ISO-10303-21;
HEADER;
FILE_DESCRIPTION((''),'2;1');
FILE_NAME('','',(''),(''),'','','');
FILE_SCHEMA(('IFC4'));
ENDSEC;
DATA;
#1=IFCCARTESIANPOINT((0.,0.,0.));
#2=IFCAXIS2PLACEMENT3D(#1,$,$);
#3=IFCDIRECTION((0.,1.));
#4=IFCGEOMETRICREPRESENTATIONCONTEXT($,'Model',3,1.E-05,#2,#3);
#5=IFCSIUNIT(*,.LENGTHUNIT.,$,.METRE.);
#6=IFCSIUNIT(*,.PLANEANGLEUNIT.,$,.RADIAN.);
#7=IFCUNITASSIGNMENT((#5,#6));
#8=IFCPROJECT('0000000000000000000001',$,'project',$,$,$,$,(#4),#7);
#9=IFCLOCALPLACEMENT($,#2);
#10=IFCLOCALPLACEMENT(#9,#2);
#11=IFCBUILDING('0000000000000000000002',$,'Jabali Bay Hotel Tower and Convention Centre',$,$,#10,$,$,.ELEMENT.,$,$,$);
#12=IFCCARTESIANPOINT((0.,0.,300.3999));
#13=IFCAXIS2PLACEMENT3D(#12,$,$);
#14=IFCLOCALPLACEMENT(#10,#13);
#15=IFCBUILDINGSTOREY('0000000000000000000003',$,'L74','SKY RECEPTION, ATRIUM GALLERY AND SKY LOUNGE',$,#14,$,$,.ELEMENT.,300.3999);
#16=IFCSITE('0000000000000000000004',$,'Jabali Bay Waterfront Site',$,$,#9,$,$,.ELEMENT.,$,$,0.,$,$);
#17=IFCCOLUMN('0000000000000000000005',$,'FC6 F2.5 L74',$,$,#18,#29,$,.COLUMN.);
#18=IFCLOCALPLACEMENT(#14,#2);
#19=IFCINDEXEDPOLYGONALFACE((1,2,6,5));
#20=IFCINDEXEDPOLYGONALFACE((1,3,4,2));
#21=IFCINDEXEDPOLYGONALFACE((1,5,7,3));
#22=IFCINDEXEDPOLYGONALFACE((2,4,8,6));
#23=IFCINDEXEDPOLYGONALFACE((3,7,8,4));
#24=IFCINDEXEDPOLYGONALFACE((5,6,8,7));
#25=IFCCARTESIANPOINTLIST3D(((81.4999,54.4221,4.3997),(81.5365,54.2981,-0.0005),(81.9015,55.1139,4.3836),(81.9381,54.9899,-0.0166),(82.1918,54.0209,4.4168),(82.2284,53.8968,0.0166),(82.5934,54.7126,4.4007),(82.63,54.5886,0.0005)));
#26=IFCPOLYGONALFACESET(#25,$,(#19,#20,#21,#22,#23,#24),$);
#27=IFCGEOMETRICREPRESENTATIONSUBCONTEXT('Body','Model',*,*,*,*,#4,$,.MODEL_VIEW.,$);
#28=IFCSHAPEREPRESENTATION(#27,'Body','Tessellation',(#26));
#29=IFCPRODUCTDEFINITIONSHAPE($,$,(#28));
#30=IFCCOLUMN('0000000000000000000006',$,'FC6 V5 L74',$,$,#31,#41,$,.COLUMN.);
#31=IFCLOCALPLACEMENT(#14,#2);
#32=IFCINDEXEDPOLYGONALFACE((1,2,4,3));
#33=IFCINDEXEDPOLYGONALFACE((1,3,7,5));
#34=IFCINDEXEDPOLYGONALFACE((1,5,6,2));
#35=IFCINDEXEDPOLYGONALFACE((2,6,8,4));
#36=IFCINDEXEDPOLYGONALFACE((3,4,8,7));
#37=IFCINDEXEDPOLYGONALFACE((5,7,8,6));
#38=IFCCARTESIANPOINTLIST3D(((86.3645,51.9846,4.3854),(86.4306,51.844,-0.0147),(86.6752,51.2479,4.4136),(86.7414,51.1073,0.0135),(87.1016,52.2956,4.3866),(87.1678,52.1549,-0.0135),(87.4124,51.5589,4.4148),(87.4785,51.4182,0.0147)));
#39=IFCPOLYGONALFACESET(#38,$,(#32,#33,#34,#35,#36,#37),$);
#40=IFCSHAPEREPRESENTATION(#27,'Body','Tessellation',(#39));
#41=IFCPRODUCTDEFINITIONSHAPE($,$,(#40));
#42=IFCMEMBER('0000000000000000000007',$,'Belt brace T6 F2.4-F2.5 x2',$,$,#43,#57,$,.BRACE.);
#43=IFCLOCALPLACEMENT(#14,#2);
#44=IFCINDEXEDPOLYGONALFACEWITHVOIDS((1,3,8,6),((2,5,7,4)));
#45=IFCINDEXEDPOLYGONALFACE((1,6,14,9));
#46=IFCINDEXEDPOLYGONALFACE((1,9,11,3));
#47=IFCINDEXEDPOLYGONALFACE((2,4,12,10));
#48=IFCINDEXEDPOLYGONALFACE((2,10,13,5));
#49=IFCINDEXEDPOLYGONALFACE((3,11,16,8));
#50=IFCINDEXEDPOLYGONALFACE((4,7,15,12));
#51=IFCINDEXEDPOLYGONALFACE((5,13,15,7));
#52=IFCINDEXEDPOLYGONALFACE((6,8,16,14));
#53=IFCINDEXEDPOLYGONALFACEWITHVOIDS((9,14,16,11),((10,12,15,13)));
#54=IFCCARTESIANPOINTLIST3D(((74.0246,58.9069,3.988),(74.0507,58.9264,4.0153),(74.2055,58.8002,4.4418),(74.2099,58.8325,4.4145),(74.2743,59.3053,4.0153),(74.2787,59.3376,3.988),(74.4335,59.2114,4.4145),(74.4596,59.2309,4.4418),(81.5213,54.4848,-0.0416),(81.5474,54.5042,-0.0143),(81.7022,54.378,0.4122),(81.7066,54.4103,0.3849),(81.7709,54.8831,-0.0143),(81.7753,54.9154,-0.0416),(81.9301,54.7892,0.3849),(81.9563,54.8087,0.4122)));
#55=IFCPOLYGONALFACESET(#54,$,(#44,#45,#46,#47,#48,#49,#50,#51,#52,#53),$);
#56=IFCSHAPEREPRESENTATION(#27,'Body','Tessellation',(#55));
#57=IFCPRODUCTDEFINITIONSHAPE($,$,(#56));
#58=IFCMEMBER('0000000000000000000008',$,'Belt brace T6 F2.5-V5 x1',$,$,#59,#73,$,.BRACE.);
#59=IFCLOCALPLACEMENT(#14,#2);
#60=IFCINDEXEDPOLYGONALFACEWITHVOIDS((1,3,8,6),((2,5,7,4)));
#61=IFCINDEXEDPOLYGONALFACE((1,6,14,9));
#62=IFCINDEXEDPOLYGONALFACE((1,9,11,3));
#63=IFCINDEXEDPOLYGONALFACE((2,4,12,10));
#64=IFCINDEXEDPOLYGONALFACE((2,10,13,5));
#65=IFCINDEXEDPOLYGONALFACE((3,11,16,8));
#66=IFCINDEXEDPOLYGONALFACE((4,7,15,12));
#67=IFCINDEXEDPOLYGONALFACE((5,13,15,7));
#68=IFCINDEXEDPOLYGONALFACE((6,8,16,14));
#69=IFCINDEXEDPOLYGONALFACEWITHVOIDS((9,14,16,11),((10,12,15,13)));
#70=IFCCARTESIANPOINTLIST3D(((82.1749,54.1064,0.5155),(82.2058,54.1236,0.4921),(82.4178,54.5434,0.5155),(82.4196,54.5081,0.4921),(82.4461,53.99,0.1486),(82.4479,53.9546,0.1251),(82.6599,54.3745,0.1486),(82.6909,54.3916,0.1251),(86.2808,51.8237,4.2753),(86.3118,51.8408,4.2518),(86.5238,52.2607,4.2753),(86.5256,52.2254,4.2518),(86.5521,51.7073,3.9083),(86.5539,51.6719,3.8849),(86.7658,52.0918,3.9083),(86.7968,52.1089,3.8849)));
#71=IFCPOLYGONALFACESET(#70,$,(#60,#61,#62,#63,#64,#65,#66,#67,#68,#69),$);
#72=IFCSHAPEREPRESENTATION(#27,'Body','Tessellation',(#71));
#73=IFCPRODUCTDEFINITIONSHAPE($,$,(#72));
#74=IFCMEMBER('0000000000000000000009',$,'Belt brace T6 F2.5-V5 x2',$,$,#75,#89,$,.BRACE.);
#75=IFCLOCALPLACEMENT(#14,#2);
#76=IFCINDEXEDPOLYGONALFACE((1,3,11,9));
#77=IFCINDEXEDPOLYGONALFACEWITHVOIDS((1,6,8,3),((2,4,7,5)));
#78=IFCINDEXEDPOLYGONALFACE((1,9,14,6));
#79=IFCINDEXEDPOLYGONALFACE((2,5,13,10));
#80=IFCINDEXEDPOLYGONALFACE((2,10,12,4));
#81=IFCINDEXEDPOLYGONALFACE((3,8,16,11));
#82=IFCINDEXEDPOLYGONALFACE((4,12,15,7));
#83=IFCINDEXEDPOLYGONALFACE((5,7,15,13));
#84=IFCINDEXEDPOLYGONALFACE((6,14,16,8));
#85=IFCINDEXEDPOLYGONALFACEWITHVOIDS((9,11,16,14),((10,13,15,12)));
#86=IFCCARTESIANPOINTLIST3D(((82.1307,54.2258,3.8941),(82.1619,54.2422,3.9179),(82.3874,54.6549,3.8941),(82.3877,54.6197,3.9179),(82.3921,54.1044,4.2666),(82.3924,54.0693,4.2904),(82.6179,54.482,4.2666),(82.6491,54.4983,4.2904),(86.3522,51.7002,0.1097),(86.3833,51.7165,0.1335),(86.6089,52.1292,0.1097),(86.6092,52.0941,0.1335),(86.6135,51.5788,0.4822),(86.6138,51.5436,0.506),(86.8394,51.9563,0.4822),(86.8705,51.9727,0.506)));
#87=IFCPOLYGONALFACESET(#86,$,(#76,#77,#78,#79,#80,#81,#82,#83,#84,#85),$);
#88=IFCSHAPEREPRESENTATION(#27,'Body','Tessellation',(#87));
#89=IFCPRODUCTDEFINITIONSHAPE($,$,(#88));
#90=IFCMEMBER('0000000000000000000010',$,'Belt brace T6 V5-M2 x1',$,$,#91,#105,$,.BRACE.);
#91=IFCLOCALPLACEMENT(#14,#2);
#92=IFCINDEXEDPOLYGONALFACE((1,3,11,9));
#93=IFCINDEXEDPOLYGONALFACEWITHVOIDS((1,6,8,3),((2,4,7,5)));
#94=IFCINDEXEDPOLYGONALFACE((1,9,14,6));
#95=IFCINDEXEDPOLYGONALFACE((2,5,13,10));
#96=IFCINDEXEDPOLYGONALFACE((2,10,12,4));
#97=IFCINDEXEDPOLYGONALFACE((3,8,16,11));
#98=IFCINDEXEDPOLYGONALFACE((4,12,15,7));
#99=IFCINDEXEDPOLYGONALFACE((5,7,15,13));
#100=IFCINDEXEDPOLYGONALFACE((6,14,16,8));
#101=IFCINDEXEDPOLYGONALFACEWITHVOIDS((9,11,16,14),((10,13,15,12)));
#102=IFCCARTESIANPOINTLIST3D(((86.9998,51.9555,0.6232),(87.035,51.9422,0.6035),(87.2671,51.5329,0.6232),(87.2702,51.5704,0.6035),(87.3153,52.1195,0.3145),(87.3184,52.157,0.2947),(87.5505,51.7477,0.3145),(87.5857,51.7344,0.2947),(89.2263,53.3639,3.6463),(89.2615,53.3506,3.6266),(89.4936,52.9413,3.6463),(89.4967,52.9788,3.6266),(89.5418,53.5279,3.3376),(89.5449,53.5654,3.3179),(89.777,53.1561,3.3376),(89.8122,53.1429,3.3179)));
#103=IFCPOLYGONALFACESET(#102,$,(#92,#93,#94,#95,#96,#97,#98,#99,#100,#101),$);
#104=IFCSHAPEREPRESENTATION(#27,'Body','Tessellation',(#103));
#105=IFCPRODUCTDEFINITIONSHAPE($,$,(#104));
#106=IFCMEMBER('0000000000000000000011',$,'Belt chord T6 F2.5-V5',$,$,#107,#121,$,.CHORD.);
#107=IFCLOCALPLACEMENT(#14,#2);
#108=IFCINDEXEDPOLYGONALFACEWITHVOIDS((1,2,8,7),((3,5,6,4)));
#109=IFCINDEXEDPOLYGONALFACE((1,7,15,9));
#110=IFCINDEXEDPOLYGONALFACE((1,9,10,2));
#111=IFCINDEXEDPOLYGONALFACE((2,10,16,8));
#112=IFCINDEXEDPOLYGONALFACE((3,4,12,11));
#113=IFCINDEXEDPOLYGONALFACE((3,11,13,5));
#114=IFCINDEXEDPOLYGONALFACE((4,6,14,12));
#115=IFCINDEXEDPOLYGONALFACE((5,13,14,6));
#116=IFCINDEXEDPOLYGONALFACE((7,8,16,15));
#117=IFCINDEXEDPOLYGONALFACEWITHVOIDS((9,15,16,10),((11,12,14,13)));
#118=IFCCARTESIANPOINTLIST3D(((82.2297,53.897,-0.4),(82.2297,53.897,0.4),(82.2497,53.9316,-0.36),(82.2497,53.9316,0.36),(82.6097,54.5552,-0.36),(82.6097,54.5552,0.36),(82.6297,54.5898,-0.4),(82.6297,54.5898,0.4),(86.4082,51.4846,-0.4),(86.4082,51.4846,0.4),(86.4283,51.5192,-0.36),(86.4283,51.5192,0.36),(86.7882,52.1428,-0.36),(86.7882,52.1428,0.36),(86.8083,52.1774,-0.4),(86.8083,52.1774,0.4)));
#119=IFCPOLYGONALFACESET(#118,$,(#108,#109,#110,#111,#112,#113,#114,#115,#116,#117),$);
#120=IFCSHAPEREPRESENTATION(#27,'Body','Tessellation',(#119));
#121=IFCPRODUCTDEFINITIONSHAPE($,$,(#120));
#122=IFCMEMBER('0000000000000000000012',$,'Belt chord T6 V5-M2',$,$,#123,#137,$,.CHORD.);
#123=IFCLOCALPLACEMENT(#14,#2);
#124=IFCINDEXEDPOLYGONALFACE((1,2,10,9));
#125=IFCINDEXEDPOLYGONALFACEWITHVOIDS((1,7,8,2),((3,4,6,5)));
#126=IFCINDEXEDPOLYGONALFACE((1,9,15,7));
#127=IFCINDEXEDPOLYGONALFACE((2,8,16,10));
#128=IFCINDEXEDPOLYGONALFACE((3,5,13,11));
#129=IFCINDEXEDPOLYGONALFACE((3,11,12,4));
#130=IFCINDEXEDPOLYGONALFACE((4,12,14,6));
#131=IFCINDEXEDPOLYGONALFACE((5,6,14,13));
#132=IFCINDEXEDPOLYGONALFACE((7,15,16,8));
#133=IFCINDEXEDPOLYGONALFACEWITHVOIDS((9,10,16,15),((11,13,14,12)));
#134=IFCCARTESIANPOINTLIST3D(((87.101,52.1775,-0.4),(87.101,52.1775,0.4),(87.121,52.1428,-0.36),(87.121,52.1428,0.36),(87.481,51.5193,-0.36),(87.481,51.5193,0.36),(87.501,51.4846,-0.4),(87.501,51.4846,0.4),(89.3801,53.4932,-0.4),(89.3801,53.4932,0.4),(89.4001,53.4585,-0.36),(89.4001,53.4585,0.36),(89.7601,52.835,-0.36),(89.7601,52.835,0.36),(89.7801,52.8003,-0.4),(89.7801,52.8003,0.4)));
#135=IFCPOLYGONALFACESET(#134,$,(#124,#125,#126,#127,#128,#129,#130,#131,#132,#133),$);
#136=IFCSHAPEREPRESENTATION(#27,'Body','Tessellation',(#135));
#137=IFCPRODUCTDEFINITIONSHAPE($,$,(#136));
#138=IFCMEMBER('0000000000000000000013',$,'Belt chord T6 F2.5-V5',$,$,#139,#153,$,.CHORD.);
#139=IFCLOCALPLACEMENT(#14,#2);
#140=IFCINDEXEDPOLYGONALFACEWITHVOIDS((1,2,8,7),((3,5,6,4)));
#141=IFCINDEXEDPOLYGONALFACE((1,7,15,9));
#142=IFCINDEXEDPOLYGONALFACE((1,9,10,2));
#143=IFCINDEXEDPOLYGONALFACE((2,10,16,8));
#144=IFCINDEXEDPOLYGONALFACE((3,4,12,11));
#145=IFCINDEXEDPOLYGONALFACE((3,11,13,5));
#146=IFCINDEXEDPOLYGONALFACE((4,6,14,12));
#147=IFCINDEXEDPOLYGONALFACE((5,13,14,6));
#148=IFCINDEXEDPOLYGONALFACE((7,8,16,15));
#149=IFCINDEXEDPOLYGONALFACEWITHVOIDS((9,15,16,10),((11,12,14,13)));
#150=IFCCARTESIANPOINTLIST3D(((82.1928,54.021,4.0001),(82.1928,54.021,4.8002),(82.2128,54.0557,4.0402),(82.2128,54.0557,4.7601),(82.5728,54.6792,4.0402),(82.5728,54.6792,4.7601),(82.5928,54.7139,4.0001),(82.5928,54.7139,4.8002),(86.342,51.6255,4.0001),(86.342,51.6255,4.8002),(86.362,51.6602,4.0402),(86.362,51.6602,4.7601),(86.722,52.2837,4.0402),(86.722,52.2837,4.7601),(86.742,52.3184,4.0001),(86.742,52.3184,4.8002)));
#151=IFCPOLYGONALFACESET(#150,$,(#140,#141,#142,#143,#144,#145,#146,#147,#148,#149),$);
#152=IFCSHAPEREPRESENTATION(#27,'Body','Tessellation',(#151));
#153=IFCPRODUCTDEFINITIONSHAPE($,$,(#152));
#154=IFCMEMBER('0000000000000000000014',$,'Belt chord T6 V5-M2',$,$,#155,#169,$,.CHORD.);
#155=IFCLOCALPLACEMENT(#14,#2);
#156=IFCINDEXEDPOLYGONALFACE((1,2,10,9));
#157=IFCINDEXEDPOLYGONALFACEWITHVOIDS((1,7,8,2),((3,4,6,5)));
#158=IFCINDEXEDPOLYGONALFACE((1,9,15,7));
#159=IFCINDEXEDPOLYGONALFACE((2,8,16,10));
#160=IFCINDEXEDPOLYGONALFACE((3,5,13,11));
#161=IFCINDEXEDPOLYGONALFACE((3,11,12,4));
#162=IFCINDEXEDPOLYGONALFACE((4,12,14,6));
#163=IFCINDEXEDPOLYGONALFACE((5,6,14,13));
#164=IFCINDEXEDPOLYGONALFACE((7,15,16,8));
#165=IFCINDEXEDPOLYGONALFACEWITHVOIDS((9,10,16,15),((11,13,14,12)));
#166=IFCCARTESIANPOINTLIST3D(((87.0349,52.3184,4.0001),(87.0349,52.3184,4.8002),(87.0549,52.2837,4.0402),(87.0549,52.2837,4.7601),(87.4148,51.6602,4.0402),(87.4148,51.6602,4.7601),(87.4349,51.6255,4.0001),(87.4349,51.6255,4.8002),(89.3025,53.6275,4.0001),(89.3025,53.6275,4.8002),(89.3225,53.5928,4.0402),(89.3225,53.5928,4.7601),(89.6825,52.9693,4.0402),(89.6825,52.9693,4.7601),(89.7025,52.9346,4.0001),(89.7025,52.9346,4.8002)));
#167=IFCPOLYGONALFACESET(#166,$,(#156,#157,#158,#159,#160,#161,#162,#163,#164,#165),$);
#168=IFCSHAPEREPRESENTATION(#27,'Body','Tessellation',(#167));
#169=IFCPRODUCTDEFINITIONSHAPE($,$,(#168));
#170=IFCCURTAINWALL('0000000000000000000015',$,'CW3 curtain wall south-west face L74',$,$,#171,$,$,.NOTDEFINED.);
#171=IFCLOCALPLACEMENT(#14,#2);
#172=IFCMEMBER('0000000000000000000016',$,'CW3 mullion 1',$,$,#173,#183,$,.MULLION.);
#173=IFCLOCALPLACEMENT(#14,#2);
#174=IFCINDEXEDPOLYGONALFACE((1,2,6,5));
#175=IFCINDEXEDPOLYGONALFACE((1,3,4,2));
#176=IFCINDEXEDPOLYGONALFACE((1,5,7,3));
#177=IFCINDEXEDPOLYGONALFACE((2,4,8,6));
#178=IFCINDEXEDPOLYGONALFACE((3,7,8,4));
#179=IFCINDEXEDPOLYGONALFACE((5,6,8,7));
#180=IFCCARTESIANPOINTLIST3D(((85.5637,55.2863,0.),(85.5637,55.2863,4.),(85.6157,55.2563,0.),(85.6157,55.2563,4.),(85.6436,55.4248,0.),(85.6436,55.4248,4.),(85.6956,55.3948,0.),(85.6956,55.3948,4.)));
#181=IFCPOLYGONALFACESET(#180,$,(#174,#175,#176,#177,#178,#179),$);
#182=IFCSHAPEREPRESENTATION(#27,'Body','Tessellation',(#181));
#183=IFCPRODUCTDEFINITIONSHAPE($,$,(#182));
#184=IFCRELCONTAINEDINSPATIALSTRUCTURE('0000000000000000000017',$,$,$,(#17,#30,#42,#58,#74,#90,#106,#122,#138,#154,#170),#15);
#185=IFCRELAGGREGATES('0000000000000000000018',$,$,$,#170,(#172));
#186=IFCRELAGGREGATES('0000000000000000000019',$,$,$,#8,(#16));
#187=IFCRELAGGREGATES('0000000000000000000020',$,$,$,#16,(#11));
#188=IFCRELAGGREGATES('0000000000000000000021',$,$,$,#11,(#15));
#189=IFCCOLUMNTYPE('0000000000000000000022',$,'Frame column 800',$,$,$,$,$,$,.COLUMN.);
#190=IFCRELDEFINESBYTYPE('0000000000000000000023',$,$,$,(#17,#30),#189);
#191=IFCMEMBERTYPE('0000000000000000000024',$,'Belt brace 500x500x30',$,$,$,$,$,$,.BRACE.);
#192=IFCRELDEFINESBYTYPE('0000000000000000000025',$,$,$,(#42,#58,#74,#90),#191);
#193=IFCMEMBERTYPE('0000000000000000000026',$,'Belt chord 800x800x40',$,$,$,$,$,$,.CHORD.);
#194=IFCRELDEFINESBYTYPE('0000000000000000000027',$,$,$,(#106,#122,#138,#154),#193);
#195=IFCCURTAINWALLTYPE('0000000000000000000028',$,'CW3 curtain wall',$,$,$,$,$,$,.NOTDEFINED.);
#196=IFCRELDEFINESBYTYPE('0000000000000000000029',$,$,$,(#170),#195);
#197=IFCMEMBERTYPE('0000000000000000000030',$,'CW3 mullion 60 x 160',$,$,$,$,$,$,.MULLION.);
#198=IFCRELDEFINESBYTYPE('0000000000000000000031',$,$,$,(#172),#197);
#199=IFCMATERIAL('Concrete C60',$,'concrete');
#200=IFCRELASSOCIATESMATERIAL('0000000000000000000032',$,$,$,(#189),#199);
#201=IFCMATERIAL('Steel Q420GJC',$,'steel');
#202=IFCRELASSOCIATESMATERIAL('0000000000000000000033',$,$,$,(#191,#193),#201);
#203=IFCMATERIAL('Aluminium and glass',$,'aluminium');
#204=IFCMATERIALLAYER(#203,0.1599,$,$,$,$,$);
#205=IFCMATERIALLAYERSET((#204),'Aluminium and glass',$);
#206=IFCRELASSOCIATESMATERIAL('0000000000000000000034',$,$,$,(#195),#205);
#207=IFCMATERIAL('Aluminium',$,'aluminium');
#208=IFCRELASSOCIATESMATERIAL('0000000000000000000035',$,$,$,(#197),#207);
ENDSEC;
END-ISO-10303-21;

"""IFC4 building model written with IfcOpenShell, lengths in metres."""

from ifc_helpers import new_model, si_unit, direction, frame, origin, origin_2d, place, context, subcontext, project, spatial, rectangle, hollow_rectangle, extrude, material, layer, layer_set, material_profile, profile_set, type_object, element, aggregate, save


model = new_model("IFC4")

# Units and contexts
model_context = context("Model", 3, precision=1e-05, world=origin(), true_north=direction((0.0, 1.0)))
body_context = subcontext(model_context, "Body", "Model", "MODEL_VIEW")
ifc_project = project(units=[si_unit("LENGTHUNIT", "METRE"), si_unit("PLANEANGLEUNIT", "RADIAN")], contexts=[model_context])

# Site, building, storey
site_placement = place(None, origin())
site = spatial("IfcSite", under=ifc_project, at=site_placement, Name="Jabali Bay Waterfront Site", CompositionType="ELEMENT", RefElevation=0.0)
building_placement = place(site_placement, origin())
building = spatial("IfcBuilding", under=site, at=building_placement, Name="Jabali Bay Hotel Tower and Convention Centre", CompositionType="ELEMENT")
storey_placement = place(building_placement, frame((0.0, 0.0, 300.3999)))
storey = spatial("IfcBuildingStorey", under=building, at=storey_placement, Name="L74", Description="SKY RECEPTION, ATRIUM GALLERY AND SKY LOUNGE", CompositionType="ELEMENT", Elevation=300.3999)

# Columns
ifc_material_1 = material(Name="Concrete C60", Category="concrete")
ifc_material_profile_1 = material_profile(ifc_material_1, rectangle(XDim=0.8, YDim=0.8, at=origin_2d()), Name="Frame column 800")
ifc_profile_set_1 = profile_set([ifc_material_profile_1], Name="Concrete C60")
column_type = type_object("IfcColumnType", Name="Frame column 800", PredefinedType="COLUMN", material=ifc_profile_set_1)
column_1_placement = place(storey_placement, frame((82.0833, 54.4434, 0.0), z_axis=(-0.008319, 0.028174, 0.999568), x_axis=(-0.501946, -0.864663, 0.020194)))
element("IfcColumn", 1, at=column_1_placement, inside=storey, type_object=column_type, Name="FC6 F2.5 L74", PredefinedType="COLUMN", context=body_context, shape_type="SweptSolid", body=[
    extrude(rectangle(XDim=0.8, YDim=0.8, at=origin_2d()), origin(), (0.0, 0.0, 1.0), 4.4021),
])
column_2_placement = place(storey_placement, frame((86.9546, 51.6311, 0.0), z_axis=(-0.015027, 0.031939, 0.999377), x_axis=(0.388418, -0.920808, 0.035269)))
element("IfcColumn", 2, at=column_2_placement, inside=storey, type_object=column_type, Name="FC6 V5 L74", PredefinedType="COLUMN", context=body_context, shape_type="SweptSolid", body=[
    extrude(rectangle(XDim=0.8, YDim=0.8, at=origin_2d()), origin(), (0.0, 0.0, 1.0), 4.4028),
])

# Members
ifc_material_2 = material(Name="Steel Q420GJC", Category="steel")
ifc_material_profile_2 = material_profile(ifc_material_2, hollow_rectangle(XDim=0.5, YDim=0.5, WallThickness=0.03, at=origin_2d()), Name="Belt brace 500x500x30")
ifc_profile_set_2 = profile_set([ifc_material_profile_2], Name="Steel Q420GJC")
member_type_1 = type_object("IfcMemberType", Name="Belt brace 500x500x30", PredefinedType="BRACE", material=ifc_profile_set_2)
member_1_placement = place(storey_placement, frame((81.7388, 54.6467, 0.1853), z_axis=(-0.781611, 0.46106, 0.420129), x_axis=(-0.508075, -0.861313, 0.0)))
element("IfcMember", 3, at=member_1_placement, inside=storey, type_object=member_type_1, Name="Belt brace T6 F2.4-F2.5 x2", PredefinedType="BRACE", context=body_context, shape_type="SweptSolid", body=[
    extrude(hollow_rectangle(XDim=0.5, YDim=0.5, WallThickness=0.03, at=origin_2d()), origin(), (0.0, 0.0, 1.0), 9.5913),
])
member_2_placement = place(storey_placement, frame((82.4329, 54.249, 0.3203), z_axis=(0.682381, -0.379371, 0.624847), x_axis=(0.485908, 0.87401, 0.0)))
element("IfcMember", 4, at=member_2_placement, inside=storey, type_object=member_type_1, Name="Belt brace T6 F2.5-V5 x1", PredefinedType="BRACE", context=body_context, shape_type="SweptSolid", body=[
    extrude(hollow_rectangle(XDim=0.5, YDim=0.5, WallThickness=0.03, at=origin_2d()), origin(), (0.0, 0.0, 1.0), 6.0171),
])
member_3_placement = place(storey_placement, frame((86.6113, 51.8364, 0.3079), z_axis=(-0.680159, 0.406931, 0.609747), x_axis=(-0.513415, -0.85814, 0.0)))
element("IfcMember", 5, at=member_3_placement, inside=storey, type_object=member_type_1, Name="Belt brace T6 F2.5-V5 x2", PredefinedType="BRACE", context=body_context, shape_type="SweptSolid", body=[
    extrude(hollow_rectangle(XDim=0.5, YDim=0.5, WallThickness=0.03, at=origin_2d()), origin(), (0.0, 0.0, 1.0), 6.2065),
])
member_4_placement = place(storey_placement, frame((87.2927, 51.845, 0.459), z_axis=(0.555237, 0.351224, 0.753892), x_axis=(-0.534589, 0.845112, 0.0)))
element("IfcMember", 6, at=member_4_placement, inside=storey, type_object=member_type_1, Name="Belt brace T6 V5-M2 x1", PredefinedType="BRACE", context=body_context, shape_type="SweptSolid", body=[
    extrude(hollow_rectangle(XDim=0.5, YDim=0.5, WallThickness=0.03, at=origin_2d()), origin(), (0.0, 0.0, 1.0), 4.01),
])
ifc_material_profile_3 = material_profile(ifc_material_2, hollow_rectangle(XDim=0.8, YDim=0.8, WallThickness=0.04, at=origin_2d()), Name="Belt chord 800x800x40")
ifc_profile_set_3 = profile_set([ifc_material_profile_3], Name="Steel Q420GJC")
member_type_2 = type_object("IfcMemberType", Name="Belt chord 800x800x40", PredefinedType="CHORD", material=ifc_profile_set_3)
member_5_placement = place(storey_placement, frame((82.4297, 54.2434, 0.0), z_axis=(0.866033, -0.499987, 0.0), x_axis=(0.499987, 0.866033, 0.0)))
element("IfcMember", 7, at=member_5_placement, inside=storey, type_object=member_type_2, Name="Belt chord T6 F2.5-V5", PredefinedType="CHORD", context=body_context, shape_type="SweptSolid", body=[
    extrude(hollow_rectangle(XDim=0.8, YDim=0.8, WallThickness=0.04, at=origin_2d()), origin(), (0.0, 0.0, 1.0), 4.825),
])
member_6_placement = place(storey_placement, frame((87.301, 51.8311, 0.0), z_axis=(0.866048, 0.499961, 0.0), x_axis=(-0.499961, 0.866048, 0.0)))
element("IfcMember", 8, at=member_6_placement, inside=storey, type_object=member_type_2, Name="Belt chord T6 V5-M2", PredefinedType="CHORD", context=body_context, shape_type="SweptSolid", body=[
    extrude(hollow_rectangle(XDim=0.8, YDim=0.8, WallThickness=0.04, at=origin_2d()), origin(), (0.0, 0.0, 1.0), 2.6316),
])
member_7_placement = place(storey_placement, frame((82.3928, 54.3674, 4.4001), z_axis=(0.866027, -0.499997, 0.0), x_axis=(0.499997, 0.866027, 0.0)))
element("IfcMember", 9, at=member_7_placement, inside=storey, type_object=member_type_2, Name="Belt chord T6 F2.5-V5", PredefinedType="CHORD", context=body_context, shape_type="SweptSolid", body=[
    extrude(hollow_rectangle(XDim=0.8, YDim=0.8, WallThickness=0.04, at=origin_2d()), origin(), (0.0, 0.0, 1.0), 4.791),
])
member_8_placement = place(storey_placement, frame((87.2349, 51.9719, 4.4001), z_axis=(0.866043, 0.49997, 0.0), x_axis=(-0.49997, 0.866043, 0.0)))
element("IfcMember", 10, at=member_8_placement, inside=storey, type_object=member_type_2, Name="Belt chord T6 V5-M2", PredefinedType="CHORD", context=body_context, shape_type="SweptSolid", body=[
    extrude(hollow_rectangle(XDim=0.8, YDim=0.8, WallThickness=0.04, at=origin_2d()), origin(), (0.0, 0.0, 1.0), 2.6184),
])

# Curtain wall, member
ifc_material_3 = material(Name="Aluminium and glass", Category="aluminium")
ifc_layer_1 = layer(ifc_material_3, 0.1599)
ifc_layer_set_1 = layer_set([ifc_layer_1], Name="Aluminium and glass")
curtain_wall_type = type_object("IfcCurtainWallType", Name="CW3 curtain wall", PredefinedType="NOTDEFINED", material=ifc_layer_set_1)
curtain_wall_placement = place(storey_placement, origin())
curtain_wall = element("IfcCurtainWall", 11, at=curtain_wall_placement, inside=storey, type_object=curtain_wall_type, Name="CW3 curtain wall south-west face L74", PredefinedType="NOTDEFINED")
ifc_material_4 = material(Name="Aluminium", Category="aluminium")
ifc_material_profile_4 = material_profile(ifc_material_4, rectangle(XDim=0.1599, YDim=0.0601, at=origin_2d()), Name="CW3 mullion 60 x 160")
ifc_profile_set_4 = profile_set([ifc_material_profile_4], Name="Aluminium")
member_type_3 = type_object("IfcMemberType", Name="CW3 mullion 60 x 160", PredefinedType="MULLION", material=ifc_profile_set_4)
member_9_placement = place(storey_placement, frame((85.6296, 55.3406, 0.0), z_axis=(0.0, 0.0, 1.0), x_axis=(-0.5, -0.866025, 0.0)))
member_9 = element("IfcMember", 12, at=member_9_placement, type_object=member_type_3, Name="CW3 mullion 1", PredefinedType="MULLION", context=body_context, shape_type="SweptSolid", body=[
    extrude(rectangle(XDim=0.1599, YDim=0.0601, at=origin_2d()), origin(), (0.0, 0.0, 1.0), 4.0),
])

aggregate(curtain_wall, [member_9])

save(model, "model.ifc")
